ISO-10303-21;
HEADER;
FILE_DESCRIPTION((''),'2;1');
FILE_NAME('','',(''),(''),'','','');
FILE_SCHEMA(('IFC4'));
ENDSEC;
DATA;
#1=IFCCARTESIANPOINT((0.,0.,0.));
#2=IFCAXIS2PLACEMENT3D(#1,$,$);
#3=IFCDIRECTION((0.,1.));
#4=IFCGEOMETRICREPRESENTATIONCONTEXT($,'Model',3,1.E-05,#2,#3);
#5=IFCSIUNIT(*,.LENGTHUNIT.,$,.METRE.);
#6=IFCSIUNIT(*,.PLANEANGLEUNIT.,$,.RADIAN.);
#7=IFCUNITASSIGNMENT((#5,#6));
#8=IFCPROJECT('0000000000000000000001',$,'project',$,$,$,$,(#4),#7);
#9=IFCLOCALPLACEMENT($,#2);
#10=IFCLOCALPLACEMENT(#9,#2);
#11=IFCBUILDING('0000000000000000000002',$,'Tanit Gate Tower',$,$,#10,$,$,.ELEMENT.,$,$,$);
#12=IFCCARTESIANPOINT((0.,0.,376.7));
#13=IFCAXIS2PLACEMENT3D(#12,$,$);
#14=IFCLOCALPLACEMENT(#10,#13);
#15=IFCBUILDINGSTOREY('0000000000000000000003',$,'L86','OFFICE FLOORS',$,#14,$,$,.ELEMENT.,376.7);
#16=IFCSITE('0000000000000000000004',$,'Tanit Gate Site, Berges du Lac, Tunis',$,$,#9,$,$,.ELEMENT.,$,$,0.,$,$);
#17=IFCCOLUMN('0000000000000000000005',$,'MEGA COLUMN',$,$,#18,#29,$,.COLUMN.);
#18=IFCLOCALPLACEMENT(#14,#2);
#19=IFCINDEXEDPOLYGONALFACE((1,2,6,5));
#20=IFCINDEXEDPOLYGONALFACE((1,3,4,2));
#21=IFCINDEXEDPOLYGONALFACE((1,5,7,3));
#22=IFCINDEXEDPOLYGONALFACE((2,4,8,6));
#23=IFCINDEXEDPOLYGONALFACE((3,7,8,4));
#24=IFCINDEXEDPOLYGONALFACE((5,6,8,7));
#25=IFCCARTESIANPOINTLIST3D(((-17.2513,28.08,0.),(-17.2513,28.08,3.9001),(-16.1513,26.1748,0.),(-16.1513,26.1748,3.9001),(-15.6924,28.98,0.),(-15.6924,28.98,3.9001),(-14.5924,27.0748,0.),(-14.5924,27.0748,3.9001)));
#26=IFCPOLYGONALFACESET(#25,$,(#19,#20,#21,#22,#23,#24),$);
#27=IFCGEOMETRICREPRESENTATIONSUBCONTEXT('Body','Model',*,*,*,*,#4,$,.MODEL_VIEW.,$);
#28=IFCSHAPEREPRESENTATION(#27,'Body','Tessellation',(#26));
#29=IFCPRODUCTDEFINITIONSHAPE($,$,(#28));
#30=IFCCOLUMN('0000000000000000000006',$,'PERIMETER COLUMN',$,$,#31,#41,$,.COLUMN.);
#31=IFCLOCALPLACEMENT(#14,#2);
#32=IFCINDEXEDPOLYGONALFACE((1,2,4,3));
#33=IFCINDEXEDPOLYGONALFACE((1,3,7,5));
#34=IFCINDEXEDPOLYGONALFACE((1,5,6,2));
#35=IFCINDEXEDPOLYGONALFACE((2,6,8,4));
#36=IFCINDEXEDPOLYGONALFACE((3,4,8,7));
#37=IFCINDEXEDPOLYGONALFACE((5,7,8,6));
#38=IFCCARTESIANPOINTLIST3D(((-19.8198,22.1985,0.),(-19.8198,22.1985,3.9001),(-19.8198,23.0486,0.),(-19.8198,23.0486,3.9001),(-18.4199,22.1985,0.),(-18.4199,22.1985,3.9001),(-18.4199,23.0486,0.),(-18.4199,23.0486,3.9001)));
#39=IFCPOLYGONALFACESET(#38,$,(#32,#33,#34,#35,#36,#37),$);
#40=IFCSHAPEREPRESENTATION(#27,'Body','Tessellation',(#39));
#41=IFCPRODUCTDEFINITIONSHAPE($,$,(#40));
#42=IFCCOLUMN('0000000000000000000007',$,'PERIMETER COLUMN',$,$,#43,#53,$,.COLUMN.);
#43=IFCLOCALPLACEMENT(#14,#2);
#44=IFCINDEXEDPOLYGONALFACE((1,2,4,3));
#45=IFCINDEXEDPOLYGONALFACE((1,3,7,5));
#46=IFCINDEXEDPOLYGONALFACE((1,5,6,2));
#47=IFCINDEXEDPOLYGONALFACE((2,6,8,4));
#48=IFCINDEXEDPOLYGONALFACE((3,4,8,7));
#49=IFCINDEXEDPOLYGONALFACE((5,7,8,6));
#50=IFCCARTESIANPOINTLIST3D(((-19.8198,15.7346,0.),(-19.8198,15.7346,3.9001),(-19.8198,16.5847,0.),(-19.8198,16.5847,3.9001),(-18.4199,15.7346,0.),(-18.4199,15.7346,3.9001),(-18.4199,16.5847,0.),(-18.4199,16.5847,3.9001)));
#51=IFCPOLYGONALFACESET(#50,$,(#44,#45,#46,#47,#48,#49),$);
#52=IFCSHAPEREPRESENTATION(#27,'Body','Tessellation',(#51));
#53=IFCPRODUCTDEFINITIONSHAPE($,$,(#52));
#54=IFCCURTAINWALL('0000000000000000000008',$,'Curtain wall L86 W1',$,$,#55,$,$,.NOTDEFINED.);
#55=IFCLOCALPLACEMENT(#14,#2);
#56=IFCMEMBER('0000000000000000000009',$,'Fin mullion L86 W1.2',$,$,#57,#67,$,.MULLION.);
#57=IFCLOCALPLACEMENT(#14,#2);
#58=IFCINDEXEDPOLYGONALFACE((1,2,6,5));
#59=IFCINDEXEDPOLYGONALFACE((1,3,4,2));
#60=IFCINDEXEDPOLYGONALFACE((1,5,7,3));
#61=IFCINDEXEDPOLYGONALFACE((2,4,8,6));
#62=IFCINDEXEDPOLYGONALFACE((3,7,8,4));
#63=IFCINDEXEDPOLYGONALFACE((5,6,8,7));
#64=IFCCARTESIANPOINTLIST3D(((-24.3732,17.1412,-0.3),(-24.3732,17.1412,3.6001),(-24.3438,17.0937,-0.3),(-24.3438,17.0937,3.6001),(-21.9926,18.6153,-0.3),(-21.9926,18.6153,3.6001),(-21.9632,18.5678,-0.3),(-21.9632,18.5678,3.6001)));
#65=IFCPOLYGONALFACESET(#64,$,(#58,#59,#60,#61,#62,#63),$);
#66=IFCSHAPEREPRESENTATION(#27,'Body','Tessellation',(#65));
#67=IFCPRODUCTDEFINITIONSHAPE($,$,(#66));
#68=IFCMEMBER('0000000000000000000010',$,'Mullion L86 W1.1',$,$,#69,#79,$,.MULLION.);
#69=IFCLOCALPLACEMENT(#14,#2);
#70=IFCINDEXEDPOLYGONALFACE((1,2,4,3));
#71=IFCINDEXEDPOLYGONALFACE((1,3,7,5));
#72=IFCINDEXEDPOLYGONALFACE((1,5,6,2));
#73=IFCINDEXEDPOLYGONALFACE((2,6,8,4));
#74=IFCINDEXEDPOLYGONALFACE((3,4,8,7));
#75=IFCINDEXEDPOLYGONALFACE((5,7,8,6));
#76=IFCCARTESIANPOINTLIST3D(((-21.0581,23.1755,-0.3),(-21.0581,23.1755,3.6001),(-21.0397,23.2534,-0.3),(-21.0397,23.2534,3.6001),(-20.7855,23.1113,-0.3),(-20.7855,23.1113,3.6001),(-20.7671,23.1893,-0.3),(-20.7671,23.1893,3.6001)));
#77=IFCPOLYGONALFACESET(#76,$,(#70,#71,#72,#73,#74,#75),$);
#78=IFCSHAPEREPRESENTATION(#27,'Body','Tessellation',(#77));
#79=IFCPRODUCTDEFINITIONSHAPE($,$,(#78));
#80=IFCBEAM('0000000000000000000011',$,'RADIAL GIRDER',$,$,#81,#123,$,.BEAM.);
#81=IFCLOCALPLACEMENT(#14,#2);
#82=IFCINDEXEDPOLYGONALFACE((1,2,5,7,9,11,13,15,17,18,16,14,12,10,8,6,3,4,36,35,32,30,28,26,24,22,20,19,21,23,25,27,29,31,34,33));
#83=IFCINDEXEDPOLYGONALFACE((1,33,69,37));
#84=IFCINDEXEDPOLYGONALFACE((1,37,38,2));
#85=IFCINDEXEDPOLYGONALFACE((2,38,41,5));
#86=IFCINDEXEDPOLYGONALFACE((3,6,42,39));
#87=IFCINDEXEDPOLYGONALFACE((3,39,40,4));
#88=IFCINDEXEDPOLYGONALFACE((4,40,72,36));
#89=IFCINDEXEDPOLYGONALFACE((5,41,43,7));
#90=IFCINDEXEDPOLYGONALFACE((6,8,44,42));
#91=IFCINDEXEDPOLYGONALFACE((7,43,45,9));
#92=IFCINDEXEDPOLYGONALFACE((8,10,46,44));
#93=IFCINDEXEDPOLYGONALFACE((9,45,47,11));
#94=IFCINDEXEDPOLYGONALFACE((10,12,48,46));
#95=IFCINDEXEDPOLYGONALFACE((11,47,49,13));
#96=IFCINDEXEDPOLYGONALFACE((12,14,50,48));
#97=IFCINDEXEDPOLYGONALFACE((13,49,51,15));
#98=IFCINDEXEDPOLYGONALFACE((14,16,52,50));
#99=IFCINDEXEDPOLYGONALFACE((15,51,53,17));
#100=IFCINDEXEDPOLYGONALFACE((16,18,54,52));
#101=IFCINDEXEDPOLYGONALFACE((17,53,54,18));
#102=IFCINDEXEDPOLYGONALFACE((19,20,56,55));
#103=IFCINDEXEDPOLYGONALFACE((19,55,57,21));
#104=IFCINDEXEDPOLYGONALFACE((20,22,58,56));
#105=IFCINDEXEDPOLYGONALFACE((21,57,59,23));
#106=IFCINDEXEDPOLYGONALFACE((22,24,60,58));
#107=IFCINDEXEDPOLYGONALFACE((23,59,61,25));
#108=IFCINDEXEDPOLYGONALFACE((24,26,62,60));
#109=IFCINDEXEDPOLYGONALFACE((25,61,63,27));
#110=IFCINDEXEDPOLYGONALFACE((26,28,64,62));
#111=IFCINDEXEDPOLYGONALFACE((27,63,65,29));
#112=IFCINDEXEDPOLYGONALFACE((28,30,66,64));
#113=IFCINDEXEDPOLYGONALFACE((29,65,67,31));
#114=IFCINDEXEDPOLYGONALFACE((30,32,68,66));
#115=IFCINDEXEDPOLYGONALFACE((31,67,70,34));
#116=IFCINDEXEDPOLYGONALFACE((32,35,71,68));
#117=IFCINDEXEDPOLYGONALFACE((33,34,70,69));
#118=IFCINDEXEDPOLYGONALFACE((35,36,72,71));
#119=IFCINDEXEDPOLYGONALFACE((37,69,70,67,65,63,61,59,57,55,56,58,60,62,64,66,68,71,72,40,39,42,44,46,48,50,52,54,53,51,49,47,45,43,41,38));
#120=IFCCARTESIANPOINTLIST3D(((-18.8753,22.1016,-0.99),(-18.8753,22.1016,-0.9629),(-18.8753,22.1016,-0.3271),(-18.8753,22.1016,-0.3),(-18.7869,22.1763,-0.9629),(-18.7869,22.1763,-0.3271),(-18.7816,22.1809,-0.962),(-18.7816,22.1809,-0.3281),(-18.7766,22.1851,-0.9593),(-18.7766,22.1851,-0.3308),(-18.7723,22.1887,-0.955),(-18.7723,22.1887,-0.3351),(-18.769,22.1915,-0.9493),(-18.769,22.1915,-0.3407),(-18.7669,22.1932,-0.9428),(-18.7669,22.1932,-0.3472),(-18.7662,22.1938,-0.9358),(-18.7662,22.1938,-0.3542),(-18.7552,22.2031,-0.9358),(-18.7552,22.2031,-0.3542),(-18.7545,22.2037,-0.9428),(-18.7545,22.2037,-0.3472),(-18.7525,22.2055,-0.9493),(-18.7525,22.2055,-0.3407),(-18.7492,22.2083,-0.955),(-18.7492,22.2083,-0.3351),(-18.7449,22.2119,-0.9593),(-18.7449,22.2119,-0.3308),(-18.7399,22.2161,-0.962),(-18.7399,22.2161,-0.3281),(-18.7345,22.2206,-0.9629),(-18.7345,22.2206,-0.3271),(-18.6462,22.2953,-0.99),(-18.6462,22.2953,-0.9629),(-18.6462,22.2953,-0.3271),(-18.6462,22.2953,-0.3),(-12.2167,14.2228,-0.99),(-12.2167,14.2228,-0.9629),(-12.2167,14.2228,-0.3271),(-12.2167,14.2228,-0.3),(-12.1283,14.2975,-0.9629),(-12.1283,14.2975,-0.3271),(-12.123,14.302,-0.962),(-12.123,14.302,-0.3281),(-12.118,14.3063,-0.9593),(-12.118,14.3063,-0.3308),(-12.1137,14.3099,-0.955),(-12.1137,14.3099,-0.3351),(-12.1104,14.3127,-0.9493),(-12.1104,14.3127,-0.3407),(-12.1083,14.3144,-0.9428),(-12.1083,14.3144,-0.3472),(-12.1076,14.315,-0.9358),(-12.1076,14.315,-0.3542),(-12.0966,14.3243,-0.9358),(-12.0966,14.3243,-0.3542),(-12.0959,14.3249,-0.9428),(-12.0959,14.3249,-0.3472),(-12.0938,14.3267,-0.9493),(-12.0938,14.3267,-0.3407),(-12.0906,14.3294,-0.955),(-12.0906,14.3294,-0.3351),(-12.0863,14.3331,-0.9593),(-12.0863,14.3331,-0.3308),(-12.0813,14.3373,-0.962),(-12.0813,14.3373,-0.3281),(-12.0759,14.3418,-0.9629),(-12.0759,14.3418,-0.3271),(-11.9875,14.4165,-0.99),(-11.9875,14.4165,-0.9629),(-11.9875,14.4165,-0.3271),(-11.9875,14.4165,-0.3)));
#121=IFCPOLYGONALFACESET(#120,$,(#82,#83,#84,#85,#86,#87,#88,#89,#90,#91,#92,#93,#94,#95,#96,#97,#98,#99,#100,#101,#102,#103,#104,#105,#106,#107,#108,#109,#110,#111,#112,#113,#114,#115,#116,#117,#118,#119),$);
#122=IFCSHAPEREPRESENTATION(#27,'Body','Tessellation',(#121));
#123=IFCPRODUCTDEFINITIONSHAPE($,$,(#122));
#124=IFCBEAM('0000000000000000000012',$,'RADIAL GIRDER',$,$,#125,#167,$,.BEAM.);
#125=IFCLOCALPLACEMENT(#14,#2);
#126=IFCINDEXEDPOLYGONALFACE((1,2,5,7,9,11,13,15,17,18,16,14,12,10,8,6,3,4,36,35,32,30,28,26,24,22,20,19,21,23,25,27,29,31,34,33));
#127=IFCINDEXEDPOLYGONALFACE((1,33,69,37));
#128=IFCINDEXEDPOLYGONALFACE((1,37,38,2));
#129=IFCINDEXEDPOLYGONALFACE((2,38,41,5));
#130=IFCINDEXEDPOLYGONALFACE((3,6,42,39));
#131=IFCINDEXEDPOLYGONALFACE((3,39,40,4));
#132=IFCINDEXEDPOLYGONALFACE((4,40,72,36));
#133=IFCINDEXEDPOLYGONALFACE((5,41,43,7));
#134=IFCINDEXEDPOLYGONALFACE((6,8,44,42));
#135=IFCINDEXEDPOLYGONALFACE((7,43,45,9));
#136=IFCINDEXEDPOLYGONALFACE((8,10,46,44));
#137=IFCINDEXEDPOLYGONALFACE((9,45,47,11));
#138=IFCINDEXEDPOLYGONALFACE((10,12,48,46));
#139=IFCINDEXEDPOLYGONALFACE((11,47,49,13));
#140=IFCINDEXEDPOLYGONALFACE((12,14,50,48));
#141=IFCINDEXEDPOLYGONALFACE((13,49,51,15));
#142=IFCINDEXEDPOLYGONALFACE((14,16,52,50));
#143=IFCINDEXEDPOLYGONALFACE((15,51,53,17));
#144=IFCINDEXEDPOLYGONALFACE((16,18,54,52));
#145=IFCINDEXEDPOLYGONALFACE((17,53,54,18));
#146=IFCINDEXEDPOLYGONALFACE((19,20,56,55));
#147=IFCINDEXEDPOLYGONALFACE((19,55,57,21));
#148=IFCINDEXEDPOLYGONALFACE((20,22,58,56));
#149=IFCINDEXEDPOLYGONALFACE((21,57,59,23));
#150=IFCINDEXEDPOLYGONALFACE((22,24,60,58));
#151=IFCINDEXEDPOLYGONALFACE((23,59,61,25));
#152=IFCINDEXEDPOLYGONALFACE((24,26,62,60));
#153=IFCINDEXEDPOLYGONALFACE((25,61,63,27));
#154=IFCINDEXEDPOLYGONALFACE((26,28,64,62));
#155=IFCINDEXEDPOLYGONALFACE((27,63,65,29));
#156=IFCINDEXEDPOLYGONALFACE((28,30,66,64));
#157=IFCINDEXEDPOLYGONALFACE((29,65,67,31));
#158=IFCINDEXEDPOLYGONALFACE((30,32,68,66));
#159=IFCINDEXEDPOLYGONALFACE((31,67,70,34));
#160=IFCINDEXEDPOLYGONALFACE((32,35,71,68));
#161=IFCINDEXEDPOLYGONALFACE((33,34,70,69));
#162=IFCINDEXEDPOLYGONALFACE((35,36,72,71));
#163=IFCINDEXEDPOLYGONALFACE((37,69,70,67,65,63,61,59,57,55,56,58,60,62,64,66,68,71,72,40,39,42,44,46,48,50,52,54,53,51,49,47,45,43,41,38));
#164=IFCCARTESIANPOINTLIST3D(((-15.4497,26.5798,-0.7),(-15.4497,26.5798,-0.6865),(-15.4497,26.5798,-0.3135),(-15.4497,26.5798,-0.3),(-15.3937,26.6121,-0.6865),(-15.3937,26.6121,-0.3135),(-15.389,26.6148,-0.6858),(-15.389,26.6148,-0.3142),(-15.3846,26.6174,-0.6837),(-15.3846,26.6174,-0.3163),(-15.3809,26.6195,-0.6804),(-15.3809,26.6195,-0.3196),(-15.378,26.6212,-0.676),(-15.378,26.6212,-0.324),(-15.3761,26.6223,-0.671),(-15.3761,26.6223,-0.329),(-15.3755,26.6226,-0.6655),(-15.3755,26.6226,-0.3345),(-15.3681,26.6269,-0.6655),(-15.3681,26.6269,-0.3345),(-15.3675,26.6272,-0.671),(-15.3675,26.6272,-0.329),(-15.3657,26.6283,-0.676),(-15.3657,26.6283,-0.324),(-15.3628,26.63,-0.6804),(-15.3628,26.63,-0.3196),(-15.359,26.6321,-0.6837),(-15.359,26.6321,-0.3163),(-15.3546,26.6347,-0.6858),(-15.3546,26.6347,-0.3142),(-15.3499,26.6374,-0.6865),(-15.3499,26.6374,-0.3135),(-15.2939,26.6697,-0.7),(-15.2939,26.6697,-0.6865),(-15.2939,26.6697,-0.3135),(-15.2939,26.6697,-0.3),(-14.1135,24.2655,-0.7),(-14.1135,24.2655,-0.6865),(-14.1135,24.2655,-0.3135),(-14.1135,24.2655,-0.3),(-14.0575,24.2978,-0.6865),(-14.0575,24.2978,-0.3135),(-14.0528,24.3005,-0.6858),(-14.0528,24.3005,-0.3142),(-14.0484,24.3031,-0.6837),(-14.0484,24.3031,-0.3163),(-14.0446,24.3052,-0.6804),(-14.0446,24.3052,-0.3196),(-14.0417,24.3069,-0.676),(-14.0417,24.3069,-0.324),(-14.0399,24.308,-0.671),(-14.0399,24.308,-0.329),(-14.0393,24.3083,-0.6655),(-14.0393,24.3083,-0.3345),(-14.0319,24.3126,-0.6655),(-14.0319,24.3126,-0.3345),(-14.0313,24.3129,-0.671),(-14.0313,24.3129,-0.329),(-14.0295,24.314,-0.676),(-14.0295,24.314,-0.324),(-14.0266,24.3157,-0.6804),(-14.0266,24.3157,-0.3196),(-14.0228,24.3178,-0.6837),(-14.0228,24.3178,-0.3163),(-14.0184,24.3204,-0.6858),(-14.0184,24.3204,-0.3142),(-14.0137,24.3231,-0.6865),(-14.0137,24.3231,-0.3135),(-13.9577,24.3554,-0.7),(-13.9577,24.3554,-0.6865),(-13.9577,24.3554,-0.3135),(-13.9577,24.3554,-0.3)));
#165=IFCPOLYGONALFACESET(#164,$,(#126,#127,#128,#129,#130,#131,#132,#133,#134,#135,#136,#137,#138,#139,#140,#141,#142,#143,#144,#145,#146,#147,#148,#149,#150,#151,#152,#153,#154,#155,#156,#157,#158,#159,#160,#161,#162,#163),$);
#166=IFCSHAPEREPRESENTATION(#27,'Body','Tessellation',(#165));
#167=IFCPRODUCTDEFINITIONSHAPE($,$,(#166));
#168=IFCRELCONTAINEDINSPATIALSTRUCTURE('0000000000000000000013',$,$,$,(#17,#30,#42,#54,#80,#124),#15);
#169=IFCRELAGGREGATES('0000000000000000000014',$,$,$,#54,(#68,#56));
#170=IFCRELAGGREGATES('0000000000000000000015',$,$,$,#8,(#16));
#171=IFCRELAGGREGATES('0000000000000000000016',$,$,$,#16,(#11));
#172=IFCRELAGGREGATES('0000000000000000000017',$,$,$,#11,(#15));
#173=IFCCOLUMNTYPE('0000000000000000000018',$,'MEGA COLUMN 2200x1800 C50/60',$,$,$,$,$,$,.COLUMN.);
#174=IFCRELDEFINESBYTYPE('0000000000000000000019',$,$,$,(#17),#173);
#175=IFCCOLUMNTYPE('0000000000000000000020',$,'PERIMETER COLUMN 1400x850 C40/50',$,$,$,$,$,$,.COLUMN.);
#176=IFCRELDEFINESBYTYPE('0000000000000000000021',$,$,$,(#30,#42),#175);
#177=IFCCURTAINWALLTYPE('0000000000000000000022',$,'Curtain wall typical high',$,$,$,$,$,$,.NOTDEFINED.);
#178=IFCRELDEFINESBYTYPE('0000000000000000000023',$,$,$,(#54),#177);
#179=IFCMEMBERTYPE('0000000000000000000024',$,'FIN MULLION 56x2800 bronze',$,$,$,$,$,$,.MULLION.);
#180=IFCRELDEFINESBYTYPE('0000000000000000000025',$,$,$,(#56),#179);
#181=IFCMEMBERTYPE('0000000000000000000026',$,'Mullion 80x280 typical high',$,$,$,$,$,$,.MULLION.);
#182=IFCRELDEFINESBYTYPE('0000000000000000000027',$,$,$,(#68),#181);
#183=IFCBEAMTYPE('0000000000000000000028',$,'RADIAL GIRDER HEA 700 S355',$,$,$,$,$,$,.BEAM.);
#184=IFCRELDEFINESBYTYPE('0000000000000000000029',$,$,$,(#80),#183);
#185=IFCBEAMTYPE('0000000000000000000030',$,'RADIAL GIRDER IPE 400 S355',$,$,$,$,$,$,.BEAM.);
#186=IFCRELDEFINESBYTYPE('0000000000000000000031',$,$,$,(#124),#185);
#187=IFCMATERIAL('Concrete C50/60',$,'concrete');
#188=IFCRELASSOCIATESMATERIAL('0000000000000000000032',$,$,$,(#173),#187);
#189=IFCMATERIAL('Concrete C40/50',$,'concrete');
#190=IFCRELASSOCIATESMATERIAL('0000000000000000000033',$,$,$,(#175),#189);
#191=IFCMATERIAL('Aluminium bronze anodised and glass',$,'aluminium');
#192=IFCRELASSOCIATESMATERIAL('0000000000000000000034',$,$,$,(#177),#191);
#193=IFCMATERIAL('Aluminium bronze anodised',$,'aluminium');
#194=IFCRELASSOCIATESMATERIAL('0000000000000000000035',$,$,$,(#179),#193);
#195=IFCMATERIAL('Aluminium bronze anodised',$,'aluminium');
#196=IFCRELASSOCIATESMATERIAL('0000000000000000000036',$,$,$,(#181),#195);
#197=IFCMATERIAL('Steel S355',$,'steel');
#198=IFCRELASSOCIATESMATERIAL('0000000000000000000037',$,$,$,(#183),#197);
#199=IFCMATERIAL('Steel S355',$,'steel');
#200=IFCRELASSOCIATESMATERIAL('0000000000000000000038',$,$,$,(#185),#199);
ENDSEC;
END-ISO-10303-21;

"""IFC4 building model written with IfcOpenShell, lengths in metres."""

from ifc_helpers import new_model, si_unit, direction, frame, origin, origin_2d, place, context, subcontext, project, spatial, rectangle, i_section, extrude, material, material_profile, profile_set, type_object, element, aggregate, save


model = new_model("IFC4")

# Units and contexts
model_context = context("Model", 3, precision=1e-05, world=origin(), true_north=direction((0.0, 1.0)))
body_context = subcontext(model_context, "Body", "Model", "MODEL_VIEW")
ifc_project = project(units=[si_unit("LENGTHUNIT", "METRE"), si_unit("PLANEANGLEUNIT", "RADIAN")], contexts=[model_context])

# Site, building, storey
site_placement = place(None, origin())
site = spatial("IfcSite", under=ifc_project, at=site_placement, Name="Tanit Gate Site, Berges du Lac, Tunis", CompositionType="ELEMENT", RefElevation=0.0)
building_placement = place(site_placement, origin())
building = spatial("IfcBuilding", under=site, at=building_placement, Name="Tanit Gate Tower", CompositionType="ELEMENT")
storey_placement = place(building_placement, frame((0.0, 0.0, 376.7)))
storey = spatial("IfcBuildingStorey", under=building, at=storey_placement, Name="L86", Description="OFFICE FLOORS", CompositionType="ELEMENT", Elevation=376.7)

# Columns
ifc_material_1 = material(Name="Concrete C50/60", Category="concrete")
ifc_material_profile_1 = material_profile(ifc_material_1, rectangle(XDim=2.2, YDim=1.8, at=origin_2d()), Name="RC 2200x1800")
ifc_profile_set_1 = profile_set([ifc_material_profile_1], Name="Concrete C50/60")
column_type_1 = type_object("IfcColumnType", Name="MEGA COLUMN 2200x1800 C50/60", PredefinedType="COLUMN", material=ifc_profile_set_1)
column_placement = place(storey_placement, frame((-15.9219, 27.5774, 0.0), z_axis=(0.0, 0.0, 1.0), x_axis=(-0.5, 0.866025, 0.0)))
element("IfcColumn", 1, at=column_placement, inside=storey, type_object=column_type_1, Name="MEGA COLUMN", PredefinedType="COLUMN", context=body_context, shape_type="SweptSolid", body=[
    extrude(rectangle(XDim=2.2, YDim=1.8, at=origin_2d()), origin(), (0.0, 0.0, 1.0), 3.9001),
])
ifc_material_2 = material(Name="Concrete C40/50", Category="concrete")
ifc_material_profile_2 = material_profile(ifc_material_2, rectangle(XDim=1.3999, YDim=0.8501, at=origin_2d()), Name="RC 1400x850")
ifc_profile_set_2 = profile_set([ifc_material_profile_2], Name="Concrete C40/50")
column_type_2 = type_object("IfcColumnType", Name="PERIMETER COLUMN 1400x850 C40/50", PredefinedType="COLUMN", material=ifc_profile_set_2)
for number, where, z_axis, x_axis, name in (
    (2, (-19.1199, 22.6235, 0.0), (0.0, 0.0, 1.0), (-1.0, 0.0, 0.0), "PERIMETER COLUMN"),
    (3, (-19.1199, 16.1597, 0.0), (0.0, 0.0, 1.0), (-1.0, 0.0, 0.0), "PERIMETER COLUMN"),
):
    element("IfcColumn", number, at=place(storey_placement, frame(where, z_axis=z_axis, x_axis=x_axis)), inside=storey, type_object=column_type_2, Name=name, PredefinedType="COLUMN", context=body_context, shape_type="SweptSolid", body=[
        extrude(rectangle(XDim=1.3999, YDim=0.8501, at=origin_2d()), origin(), (0.0, 0.0, 1.0), 3.9001),
    ])

# Curtain wall, members
ifc_material_3 = material(Name="Aluminium bronze anodised and glass", Category="aluminium")
curtain_wall_type = type_object("IfcCurtainWallType", Name="Curtain wall typical high", PredefinedType="NOTDEFINED", material=ifc_material_3)
curtain_wall_placement = place(storey_placement, origin())
curtain_wall = element("IfcCurtainWall", 4, at=curtain_wall_placement, inside=storey, type_object=curtain_wall_type, Name="Curtain wall L86 W1", PredefinedType="NOTDEFINED")
ifc_material_4 = material(Name="Aluminium bronze anodised", Category="aluminium")
ifc_material_profile_3 = material_profile(ifc_material_4, rectangle(XDim=2.8, YDim=0.0559, at=origin_2d()), Name="56x2800 bronze fin mullion")
ifc_profile_set_3 = profile_set([ifc_material_profile_3], Name="Aluminium bronze anodised")
member_type_1 = type_object("IfcMemberType", Name="FIN MULLION 56x2800 bronze", PredefinedType="MULLION", material=ifc_profile_set_3)
member_1_placement = place(storey_placement, frame((-23.1682, 17.8545, -0.3), z_axis=(0.0, 0.0, 1.0), x_axis=(0.850209, 0.526445, 0.0)))
member_1 = element("IfcMember", 5, at=member_1_placement, type_object=member_type_1, Name="Fin mullion L86 W1.2", PredefinedType="MULLION", context=body_context, shape_type="SweptSolid", body=[
    extrude(rectangle(XDim=2.8, YDim=0.0559, at=origin_2d()), origin(), (0.0, 0.0, 1.0), 3.9001),
])
ifc_material_5 = material(Name="Aluminium bronze anodised", Category="aluminium")
ifc_material_profile_4 = material_profile(ifc_material_5, rectangle(XDim=0.28, YDim=0.0801, at=origin_2d()), Name="80x280 bronze mullion")
ifc_profile_set_4 = profile_set([ifc_material_profile_4], Name="Aluminium bronze anodised")
member_type_2 = type_object("IfcMemberType", Name="Mullion 80x280 typical high", PredefinedType="MULLION", material=ifc_profile_set_4)
member_2_placement = place(storey_placement, frame((-20.9126, 23.1824, -0.3), z_axis=(0.0, 0.0, 1.0), x_axis=(0.973441, -0.228936, 0.0)))
member_2 = element("IfcMember", 6, at=member_2_placement, type_object=member_type_2, Name="Mullion L86 W1.1", PredefinedType="MULLION", context=body_context, shape_type="SweptSolid", body=[
    extrude(rectangle(XDim=0.28, YDim=0.0801, at=origin_2d()), origin(), (0.0, 0.0, 1.0), 3.9001),
])

# Beams
ifc_material_6 = material(Name="Steel S355", Category="steel")
ifc_material_profile_5 = material_profile(ifc_material_6, i_section(OverallWidth=0.3, OverallDepth=0.6899, WebThickness=0.0144, FlangeThickness=0.0271, FilletRadius=0.0271, at=origin_2d()), Name="HEA 700")
ifc_profile_set_5 = profile_set([ifc_material_profile_5], Name="Steel S355")
beam_type_1 = type_object("IfcBeamType", Name="RADIAL GIRDER HEA 700 S355", PredefinedType="BEAM", material=ifc_profile_set_5)
beam_1_placement = place(storey_placement, frame((-18.7607, 22.1985, -0.645), z_axis=(0.645486, -0.763772, 0.0), x_axis=(0.763772, 0.645486, 0.0)))
element("IfcBeam", 7, at=beam_1_placement, inside=storey, type_object=beam_type_1, Name="RADIAL GIRDER", PredefinedType="BEAM", context=body_context, shape_type="SweptSolid", body=[
    extrude(i_section(OverallWidth=0.3, OverallDepth=0.6899, WebThickness=0.0144, FlangeThickness=0.0271, FilletRadius=0.0271, at=origin_2d()), origin(), (0.0, 0.0, 1.0), 10.3157),
])
ifc_material_7 = material(Name="Steel S355", Category="steel")
ifc_material_profile_6 = material_profile(ifc_material_7, i_section(OverallWidth=0.1799, OverallDepth=0.3999, WebThickness=0.0085, FlangeThickness=0.0134, FilletRadius=0.021, at=origin_2d()), Name="IPE 400")
ifc_profile_set_6 = profile_set([ifc_material_profile_6], Name="Steel S355")
beam_type_2 = type_object("IfcBeamType", Name="RADIAL GIRDER IPE 400 S355", PredefinedType="BEAM", material=ifc_profile_set_6)
beam_2_placement = place(storey_placement, frame((-15.3718, 26.6248, -0.5), z_axis=(0.50002, -0.866014, 0.0), x_axis=(0.866014, 0.50002, 0.0)))
element("IfcBeam", 8, at=beam_2_placement, inside=storey, type_object=beam_type_2, Name="RADIAL GIRDER", PredefinedType="BEAM", context=body_context, shape_type="SweptSolid", body=[
    extrude(i_section(OverallWidth=0.1799, OverallDepth=0.3999, WebThickness=0.0085, FlangeThickness=0.0134, FilletRadius=0.021, at=origin_2d()), origin(), (0.0, 0.0, 1.0), 2.6724),
])

aggregate(curtain_wall, [member_2, member_1])

save(model, "model.ifc")
